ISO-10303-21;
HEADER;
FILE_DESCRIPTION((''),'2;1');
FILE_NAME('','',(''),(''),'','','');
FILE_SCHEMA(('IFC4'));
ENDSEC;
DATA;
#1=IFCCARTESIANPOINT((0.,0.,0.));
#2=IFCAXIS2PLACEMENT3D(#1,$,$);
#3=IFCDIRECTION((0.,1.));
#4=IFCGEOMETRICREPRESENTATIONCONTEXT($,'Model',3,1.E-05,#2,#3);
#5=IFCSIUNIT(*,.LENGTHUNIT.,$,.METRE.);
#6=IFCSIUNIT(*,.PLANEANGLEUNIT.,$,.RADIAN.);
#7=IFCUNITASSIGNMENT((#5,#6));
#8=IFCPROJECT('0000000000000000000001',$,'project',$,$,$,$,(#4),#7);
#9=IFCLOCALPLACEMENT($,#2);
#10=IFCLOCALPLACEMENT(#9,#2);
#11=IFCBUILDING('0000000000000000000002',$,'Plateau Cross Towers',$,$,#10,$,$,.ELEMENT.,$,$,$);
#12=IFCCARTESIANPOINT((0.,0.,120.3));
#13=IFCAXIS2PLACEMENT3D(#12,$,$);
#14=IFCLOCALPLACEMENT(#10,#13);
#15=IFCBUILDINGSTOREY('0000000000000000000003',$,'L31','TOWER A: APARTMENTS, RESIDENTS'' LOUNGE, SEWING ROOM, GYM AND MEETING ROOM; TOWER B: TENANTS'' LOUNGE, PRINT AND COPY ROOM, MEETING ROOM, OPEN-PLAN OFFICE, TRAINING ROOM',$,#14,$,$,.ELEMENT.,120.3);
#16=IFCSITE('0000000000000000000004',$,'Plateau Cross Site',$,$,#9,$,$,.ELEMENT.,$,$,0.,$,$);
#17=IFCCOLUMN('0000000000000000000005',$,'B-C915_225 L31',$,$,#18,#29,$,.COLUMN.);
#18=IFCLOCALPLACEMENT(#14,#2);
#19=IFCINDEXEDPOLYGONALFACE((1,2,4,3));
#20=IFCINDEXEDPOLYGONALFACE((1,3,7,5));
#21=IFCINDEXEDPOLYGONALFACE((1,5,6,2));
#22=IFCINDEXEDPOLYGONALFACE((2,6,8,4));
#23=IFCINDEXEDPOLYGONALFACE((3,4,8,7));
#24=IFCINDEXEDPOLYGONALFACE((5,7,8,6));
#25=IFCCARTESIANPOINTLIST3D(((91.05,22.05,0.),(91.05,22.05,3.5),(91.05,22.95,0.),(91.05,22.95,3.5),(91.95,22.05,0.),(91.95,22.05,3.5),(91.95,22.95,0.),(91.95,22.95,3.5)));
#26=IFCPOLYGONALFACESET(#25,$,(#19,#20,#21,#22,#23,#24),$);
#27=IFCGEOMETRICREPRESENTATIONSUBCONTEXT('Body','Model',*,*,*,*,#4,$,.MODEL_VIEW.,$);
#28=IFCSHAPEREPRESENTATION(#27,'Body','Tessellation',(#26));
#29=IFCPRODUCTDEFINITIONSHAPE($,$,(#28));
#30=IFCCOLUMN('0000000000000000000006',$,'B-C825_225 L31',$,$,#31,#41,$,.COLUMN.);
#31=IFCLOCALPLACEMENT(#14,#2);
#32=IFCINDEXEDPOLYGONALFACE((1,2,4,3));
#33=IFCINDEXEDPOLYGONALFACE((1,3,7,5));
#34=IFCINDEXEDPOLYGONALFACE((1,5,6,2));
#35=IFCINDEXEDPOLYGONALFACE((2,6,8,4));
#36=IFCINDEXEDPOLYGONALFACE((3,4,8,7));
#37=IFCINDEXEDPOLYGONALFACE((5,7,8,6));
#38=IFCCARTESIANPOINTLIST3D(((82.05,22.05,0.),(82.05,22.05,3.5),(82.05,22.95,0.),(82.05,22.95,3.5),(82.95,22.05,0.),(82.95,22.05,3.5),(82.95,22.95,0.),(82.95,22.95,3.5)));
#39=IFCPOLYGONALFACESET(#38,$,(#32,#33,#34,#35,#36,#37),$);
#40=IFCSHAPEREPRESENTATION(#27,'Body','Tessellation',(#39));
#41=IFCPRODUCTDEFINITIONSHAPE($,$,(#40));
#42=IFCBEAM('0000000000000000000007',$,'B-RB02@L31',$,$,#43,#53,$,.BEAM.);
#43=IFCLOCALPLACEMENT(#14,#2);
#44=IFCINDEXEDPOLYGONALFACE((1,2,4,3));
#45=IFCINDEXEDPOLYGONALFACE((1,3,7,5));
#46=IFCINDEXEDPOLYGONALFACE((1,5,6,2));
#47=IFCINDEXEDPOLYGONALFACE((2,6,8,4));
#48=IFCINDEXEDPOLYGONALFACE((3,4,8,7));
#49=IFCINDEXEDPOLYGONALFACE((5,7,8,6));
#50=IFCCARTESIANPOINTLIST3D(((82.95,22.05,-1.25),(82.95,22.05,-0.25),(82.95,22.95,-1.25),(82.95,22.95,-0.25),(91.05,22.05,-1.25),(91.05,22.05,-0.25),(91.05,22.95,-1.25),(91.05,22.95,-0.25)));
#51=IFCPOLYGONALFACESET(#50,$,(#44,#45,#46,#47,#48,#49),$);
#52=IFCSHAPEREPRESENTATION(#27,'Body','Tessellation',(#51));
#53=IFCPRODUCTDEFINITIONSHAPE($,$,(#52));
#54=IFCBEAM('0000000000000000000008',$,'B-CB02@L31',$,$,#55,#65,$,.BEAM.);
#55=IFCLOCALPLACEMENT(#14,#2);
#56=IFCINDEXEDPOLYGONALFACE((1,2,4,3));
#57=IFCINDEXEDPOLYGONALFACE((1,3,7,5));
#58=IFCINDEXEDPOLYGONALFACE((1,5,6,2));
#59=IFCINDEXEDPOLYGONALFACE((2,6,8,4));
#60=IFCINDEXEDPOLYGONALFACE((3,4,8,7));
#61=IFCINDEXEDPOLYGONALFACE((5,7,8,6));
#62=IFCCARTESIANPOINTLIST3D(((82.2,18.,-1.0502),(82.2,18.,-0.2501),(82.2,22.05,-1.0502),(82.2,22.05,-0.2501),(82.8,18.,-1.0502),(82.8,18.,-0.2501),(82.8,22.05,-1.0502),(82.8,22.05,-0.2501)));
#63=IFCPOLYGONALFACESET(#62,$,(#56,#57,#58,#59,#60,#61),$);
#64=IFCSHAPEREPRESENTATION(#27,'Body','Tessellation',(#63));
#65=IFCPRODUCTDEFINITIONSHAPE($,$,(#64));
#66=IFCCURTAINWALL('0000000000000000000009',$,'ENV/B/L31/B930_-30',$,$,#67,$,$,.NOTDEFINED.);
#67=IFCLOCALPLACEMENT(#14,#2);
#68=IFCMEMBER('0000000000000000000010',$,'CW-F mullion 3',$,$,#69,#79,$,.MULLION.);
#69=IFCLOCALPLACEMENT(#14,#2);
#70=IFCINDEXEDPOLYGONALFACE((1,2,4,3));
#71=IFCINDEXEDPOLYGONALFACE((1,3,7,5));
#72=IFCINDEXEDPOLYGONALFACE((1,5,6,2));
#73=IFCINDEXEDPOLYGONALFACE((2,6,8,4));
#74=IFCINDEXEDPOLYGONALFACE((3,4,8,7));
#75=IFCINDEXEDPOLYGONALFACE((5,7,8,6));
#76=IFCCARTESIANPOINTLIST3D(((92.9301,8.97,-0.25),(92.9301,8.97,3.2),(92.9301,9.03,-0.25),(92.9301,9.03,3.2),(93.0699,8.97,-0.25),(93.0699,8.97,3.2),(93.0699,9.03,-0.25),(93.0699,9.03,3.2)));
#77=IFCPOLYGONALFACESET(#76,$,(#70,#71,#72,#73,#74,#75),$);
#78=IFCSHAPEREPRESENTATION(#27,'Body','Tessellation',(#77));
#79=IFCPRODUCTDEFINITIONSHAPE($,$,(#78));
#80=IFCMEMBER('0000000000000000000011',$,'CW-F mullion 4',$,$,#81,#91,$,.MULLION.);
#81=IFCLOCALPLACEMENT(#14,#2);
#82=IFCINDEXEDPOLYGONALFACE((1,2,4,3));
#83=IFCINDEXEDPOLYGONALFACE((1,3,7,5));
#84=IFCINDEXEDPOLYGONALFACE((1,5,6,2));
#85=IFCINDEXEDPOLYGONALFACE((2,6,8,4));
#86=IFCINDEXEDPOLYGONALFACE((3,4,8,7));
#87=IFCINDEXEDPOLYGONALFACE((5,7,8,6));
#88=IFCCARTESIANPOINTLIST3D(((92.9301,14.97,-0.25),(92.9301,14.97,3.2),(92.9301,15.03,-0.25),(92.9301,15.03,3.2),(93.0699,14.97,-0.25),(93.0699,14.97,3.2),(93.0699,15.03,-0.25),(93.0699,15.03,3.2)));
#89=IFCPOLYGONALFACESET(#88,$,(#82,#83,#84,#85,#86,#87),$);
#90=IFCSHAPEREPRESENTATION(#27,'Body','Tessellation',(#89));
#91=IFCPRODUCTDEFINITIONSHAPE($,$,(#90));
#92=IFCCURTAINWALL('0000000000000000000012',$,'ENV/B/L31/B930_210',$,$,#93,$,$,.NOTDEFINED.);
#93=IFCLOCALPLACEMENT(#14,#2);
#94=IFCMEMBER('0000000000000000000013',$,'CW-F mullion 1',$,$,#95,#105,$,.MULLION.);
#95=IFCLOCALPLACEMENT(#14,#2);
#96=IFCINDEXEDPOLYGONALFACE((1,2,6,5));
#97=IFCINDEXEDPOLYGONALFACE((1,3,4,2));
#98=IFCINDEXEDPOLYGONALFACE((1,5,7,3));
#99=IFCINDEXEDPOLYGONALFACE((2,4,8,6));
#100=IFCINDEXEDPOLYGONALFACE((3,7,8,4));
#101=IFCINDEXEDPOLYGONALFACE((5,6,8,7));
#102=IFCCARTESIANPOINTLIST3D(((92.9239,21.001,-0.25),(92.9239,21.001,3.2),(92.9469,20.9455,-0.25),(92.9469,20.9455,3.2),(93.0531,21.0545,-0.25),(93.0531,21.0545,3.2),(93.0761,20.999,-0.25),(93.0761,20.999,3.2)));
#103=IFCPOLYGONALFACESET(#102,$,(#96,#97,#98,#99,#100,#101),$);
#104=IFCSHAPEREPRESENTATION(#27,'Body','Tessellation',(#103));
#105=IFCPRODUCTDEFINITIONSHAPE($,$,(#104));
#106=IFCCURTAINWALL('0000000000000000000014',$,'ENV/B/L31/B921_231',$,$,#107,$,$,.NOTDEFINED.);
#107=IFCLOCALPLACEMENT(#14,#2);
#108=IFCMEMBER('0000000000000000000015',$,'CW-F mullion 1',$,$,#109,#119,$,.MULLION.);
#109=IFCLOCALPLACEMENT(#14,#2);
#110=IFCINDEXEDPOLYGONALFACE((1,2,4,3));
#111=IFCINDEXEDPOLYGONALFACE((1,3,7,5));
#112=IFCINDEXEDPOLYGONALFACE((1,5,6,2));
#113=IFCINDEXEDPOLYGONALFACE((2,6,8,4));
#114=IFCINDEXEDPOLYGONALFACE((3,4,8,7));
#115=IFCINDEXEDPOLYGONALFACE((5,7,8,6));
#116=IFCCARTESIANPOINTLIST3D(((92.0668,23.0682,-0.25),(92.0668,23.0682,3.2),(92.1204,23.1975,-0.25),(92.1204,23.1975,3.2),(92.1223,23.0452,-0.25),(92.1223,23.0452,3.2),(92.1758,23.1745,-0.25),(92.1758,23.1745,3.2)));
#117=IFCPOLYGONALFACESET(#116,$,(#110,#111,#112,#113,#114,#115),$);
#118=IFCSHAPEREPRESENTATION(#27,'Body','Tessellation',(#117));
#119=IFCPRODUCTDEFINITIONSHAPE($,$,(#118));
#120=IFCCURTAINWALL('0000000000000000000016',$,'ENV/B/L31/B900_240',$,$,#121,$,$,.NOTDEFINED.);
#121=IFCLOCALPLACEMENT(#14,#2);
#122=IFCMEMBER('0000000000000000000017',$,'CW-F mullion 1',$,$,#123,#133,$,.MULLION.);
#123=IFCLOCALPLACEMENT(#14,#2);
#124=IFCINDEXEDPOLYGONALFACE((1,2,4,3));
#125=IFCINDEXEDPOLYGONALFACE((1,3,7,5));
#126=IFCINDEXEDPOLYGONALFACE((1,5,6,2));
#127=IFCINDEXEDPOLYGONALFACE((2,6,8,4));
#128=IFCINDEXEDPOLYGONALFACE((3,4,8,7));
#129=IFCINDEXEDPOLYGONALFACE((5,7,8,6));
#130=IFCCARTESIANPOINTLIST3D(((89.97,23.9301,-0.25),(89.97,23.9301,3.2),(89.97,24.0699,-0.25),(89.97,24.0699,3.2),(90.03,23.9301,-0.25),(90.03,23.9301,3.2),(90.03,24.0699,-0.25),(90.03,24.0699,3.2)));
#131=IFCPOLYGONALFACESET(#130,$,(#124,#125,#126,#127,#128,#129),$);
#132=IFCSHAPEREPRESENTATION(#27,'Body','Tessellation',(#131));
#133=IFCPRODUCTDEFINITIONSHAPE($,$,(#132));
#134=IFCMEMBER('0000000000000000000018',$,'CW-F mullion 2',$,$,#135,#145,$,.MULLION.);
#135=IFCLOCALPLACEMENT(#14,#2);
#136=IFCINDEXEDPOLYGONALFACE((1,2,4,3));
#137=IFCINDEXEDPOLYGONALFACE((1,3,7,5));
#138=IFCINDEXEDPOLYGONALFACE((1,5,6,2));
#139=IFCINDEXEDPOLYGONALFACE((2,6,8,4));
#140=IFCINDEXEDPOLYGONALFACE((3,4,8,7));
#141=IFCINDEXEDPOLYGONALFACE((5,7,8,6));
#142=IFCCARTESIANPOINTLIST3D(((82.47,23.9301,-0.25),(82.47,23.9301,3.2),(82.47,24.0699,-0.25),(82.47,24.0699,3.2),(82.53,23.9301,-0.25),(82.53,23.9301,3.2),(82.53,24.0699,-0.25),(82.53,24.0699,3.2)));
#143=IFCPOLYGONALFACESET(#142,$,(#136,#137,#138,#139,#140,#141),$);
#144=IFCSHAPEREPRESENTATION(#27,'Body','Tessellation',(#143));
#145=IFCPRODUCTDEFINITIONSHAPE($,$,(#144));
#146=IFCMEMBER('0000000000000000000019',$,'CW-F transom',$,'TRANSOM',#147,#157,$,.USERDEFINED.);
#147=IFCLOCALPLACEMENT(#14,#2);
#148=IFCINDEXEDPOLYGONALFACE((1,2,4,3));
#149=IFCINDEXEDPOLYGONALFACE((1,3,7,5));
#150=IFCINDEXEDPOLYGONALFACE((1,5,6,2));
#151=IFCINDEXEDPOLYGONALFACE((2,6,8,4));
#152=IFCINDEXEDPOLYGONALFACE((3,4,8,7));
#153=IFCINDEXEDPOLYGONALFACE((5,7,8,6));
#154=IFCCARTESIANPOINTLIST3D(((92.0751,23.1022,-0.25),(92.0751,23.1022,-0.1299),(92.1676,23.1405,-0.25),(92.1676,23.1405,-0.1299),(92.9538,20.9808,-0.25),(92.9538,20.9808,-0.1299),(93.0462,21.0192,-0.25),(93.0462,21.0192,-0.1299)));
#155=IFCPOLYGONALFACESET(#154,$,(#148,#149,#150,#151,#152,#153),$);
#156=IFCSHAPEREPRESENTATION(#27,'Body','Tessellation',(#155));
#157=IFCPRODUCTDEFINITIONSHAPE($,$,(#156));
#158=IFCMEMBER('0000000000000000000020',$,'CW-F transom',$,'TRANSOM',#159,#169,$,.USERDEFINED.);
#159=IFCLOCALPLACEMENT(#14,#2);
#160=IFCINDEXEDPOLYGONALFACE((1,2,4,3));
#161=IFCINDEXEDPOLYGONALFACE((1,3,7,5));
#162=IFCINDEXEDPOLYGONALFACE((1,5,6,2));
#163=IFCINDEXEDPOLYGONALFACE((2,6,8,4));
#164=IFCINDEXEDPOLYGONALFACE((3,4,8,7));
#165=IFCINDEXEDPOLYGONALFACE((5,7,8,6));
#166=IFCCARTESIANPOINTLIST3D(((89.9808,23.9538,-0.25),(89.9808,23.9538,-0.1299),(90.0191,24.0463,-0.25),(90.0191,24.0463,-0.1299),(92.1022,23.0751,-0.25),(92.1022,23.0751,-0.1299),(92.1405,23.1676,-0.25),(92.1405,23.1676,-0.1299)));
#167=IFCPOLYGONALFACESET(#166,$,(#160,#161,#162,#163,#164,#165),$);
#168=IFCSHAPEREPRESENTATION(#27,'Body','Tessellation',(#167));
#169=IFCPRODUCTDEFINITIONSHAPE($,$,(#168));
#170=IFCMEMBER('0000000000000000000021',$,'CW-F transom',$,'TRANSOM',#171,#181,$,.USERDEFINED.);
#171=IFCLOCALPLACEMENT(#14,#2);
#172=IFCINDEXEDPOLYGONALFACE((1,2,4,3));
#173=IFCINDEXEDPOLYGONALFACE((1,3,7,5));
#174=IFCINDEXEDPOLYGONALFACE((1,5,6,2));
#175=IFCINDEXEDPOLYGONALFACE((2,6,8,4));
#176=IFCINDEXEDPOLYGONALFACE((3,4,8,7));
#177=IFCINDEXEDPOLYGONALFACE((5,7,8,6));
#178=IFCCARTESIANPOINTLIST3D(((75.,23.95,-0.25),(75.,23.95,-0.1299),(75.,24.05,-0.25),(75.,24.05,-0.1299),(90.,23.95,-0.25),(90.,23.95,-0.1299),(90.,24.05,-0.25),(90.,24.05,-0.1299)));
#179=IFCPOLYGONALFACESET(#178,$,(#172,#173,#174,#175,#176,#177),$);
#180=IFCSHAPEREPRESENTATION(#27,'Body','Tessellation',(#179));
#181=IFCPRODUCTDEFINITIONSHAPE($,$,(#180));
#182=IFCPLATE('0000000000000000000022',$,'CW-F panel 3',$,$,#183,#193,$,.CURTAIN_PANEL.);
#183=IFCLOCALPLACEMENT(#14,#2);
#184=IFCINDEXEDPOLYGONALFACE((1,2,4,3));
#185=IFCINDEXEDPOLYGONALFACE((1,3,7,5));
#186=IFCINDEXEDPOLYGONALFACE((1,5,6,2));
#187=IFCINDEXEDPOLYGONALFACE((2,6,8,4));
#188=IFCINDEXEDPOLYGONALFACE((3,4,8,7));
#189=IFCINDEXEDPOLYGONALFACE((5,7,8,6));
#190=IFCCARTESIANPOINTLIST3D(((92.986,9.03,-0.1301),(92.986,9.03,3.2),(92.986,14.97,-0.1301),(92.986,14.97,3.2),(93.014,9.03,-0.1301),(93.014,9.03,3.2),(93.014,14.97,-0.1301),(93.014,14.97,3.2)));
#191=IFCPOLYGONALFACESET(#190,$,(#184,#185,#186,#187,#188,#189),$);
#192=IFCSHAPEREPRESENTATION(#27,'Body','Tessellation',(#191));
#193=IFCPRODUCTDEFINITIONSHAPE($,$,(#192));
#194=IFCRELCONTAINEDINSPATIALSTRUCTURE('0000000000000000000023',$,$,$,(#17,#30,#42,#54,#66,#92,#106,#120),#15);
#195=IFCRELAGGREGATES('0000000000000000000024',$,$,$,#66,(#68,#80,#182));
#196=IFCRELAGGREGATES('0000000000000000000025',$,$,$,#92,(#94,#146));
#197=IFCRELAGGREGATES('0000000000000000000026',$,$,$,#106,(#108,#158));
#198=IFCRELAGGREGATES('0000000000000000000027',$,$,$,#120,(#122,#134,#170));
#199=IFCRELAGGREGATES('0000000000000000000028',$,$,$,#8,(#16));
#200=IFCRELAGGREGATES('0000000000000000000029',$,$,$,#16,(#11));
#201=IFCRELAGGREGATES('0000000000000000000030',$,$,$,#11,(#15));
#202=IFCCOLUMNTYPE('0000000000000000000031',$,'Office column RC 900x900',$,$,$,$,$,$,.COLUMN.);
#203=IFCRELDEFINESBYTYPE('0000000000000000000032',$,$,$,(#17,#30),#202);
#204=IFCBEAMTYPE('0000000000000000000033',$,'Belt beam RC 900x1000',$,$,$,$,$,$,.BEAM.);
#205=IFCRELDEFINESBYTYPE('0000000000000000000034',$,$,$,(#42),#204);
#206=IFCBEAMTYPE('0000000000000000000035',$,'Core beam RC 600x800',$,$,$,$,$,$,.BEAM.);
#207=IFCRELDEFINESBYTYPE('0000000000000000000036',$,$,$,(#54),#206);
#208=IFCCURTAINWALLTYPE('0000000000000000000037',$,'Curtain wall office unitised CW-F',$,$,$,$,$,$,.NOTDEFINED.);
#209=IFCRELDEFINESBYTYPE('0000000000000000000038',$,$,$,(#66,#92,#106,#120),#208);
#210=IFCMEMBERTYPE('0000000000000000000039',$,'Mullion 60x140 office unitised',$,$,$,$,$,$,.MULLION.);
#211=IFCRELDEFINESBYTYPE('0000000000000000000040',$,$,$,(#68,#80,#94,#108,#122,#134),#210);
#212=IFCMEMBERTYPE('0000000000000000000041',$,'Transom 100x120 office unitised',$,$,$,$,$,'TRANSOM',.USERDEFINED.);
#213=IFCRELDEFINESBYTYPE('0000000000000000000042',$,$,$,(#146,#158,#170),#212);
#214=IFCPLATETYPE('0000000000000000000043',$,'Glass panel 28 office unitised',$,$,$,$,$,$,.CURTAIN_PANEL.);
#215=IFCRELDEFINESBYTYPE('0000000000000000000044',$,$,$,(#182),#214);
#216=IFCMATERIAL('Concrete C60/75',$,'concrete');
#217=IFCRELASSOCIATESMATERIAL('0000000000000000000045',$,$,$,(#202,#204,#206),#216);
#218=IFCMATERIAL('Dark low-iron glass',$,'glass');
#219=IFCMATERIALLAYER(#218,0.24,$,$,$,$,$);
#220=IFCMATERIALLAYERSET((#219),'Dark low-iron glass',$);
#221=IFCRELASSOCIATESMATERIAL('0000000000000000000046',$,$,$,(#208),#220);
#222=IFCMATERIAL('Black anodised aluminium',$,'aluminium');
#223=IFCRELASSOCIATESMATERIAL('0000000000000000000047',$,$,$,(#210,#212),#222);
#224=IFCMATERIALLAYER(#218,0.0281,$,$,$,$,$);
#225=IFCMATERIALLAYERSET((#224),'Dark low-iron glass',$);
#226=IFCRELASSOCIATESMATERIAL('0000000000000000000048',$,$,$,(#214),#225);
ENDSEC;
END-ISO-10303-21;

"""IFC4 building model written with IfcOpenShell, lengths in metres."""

from ifc_helpers import new_model, si_unit, direction, frame, origin, origin_2d, place, context, subcontext, project, spatial, rectangle, extrude, material, layer, layer_set, material_profile, profile_set, type_object, element, aggregate, save


model = new_model("IFC4")

# Units and contexts
model_context = context("Model", 3, precision=1e-05, world=origin(), true_north=direction((0.0, 1.0)))
body_context = subcontext(model_context, "Body", "Model", "MODEL_VIEW")
ifc_project = project(units=[si_unit("LENGTHUNIT", "METRE"), si_unit("PLANEANGLEUNIT", "RADIAN")], contexts=[model_context])

# Site, building, storey
site_placement = place(None, origin())
site = spatial("IfcSite", under=ifc_project, at=site_placement, Name="Plateau Cross Site", CompositionType="ELEMENT", RefElevation=0.0)
building_placement = place(site_placement, origin())
building = spatial("IfcBuilding", under=site, at=building_placement, Name="Plateau Cross Towers", CompositionType="ELEMENT")
storey_placement = place(building_placement, frame((0.0, 0.0, 120.3)))
storey = spatial("IfcBuildingStorey", under=building, at=storey_placement, Name="L31", Description="TOWER A: APARTMENTS, RESIDENTS' LOUNGE, SEWING ROOM, GYM AND MEETING ROOM; TOWER B: TENANTS' LOUNGE, PRINT AND COPY ROOM, MEETING ROOM, OPEN-PLAN OFFICE, TRAINING ROOM", CompositionType="ELEMENT", Elevation=120.3)

# Columns
ifc_material_1 = material(Name="Concrete C60/75", Category="concrete")
ifc_material_profile_1 = material_profile(ifc_material_1, rectangle(XDim=0.8999, YDim=0.8999, at=origin_2d()), Name="RC 900x900")
ifc_profile_set_1 = profile_set([ifc_material_profile_1], Name="Concrete C60/75")
column_type = type_object("IfcColumnType", Name="Office column RC 900x900", PredefinedType="COLUMN", material=ifc_profile_set_1)
for number, where, z_axis, x_axis, name in (
    (1, (91.5, 22.5, 0.0), (0.0, 0.0, 1.0), (1.0, 0.0, 0.0), "B-C915_225 L31"),
    (2, (82.5, 22.5, 0.0), (0.0, 0.0, 1.0), (1.0, 0.0, 0.0), "B-C825_225 L31"),
):
    element("IfcColumn", number, at=place(storey_placement, frame(where, z_axis=z_axis, x_axis=x_axis)), inside=storey, type_object=column_type, Name=name, PredefinedType="COLUMN", context=body_context, shape_type="SweptSolid", body=[
        extrude(rectangle(XDim=0.8999, YDim=0.8999, at=origin_2d()), origin(), (0.0, 0.0, 1.0), 3.5),
    ])

# Beams
ifc_material_profile_2 = material_profile(ifc_material_1, rectangle(XDim=0.8999, YDim=1.0, at=origin_2d()), Name="RC 900x1000")
ifc_profile_set_2 = profile_set([ifc_material_profile_2], Name="Concrete C60/75")
beam_type_1 = type_object("IfcBeamType", Name="Belt beam RC 900x1000", PredefinedType="BEAM", material=ifc_profile_set_2)
beam_1_placement = place(storey_placement, frame((91.05, 22.5, -0.75), z_axis=(-1.0, 0.0, 0.0), x_axis=(0.0, -1.0, 0.0)))
element("IfcBeam", 3, at=beam_1_placement, inside=storey, type_object=beam_type_1, Name="B-RB02@L31", PredefinedType="BEAM", context=body_context, shape_type="SweptSolid", body=[
    extrude(rectangle(XDim=0.8999, YDim=1.0, at=origin_2d()), origin(), (0.0, 0.0, 1.0), 8.1001),
])
ifc_material_profile_3 = material_profile(ifc_material_1, rectangle(XDim=0.6001, YDim=0.8, at=origin_2d()), Name="RC 600x800")
ifc_profile_set_3 = profile_set([ifc_material_profile_3], Name="Concrete C60/75")
beam_type_2 = type_object("IfcBeamType", Name="Core beam RC 600x800", PredefinedType="BEAM", material=ifc_profile_set_3)
beam_2_placement = place(storey_placement, frame((82.5, 18.0, -0.6501), z_axis=(0.0, 1.0, 0.0), x_axis=(-1.0, 0.0, 0.0)))
element("IfcBeam", 4, at=beam_2_placement, inside=storey, type_object=beam_type_2, Name="B-CB02@L31", PredefinedType="BEAM", context=body_context, shape_type="SweptSolid", body=[
    extrude(rectangle(XDim=0.6001, YDim=0.8, at=origin_2d()), origin(), (0.0, 0.0, 1.0), 4.05),
])

# Curtain wall, members
ifc_material_2 = material(Name="Dark low-iron glass", Category="glass")
ifc_layer_1 = layer(ifc_material_2, 0.24)
ifc_layer_set_1 = layer_set([ifc_layer_1], Name="Dark low-iron glass")
curtain_wall_type = type_object("IfcCurtainWallType", Name="Curtain wall office unitised CW-F", PredefinedType="NOTDEFINED", material=ifc_layer_set_1)
curtain_wall_1_placement = place(storey_placement, origin())
curtain_wall_1 = element("IfcCurtainWall", 5, at=curtain_wall_1_placement, inside=storey, type_object=curtain_wall_type, Name="ENV/B/L31/B930_-30", PredefinedType="NOTDEFINED")
ifc_material_3 = material(Name="Black anodised aluminium", Category="aluminium")
ifc_material_profile_4 = material_profile(ifc_material_3, rectangle(XDim=0.0601, YDim=0.1399, at=origin_2d()), Name="MULLION 60x140")
ifc_profile_set_4 = profile_set([ifc_material_profile_4], Name="Black anodised aluminium")
member_type_1 = type_object("IfcMemberType", Name="Mullion 60x140 office unitised", PredefinedType="MULLION", material=ifc_profile_set_4)
member_1_placement = place(storey_placement, frame((93.0, 9.0, -0.25), z_axis=(0.0, 0.0, 1.0), x_axis=(0.0, 1.0, 0.0)))
member_1 = element("IfcMember", 6, at=member_1_placement, type_object=member_type_1, Name="CW-F mullion 3", PredefinedType="MULLION", context=body_context, shape_type="SweptSolid", body=[
    extrude(rectangle(XDim=0.0601, YDim=0.1399, at=origin_2d()), origin(), (0.0, 0.0, 1.0), 3.45),
])
member_2_placement = place(storey_placement, frame((93.0, 15.0, -0.25), z_axis=(0.0, 0.0, 1.0), x_axis=(0.0, 1.0, 0.0)))
member_2 = element("IfcMember", 7, at=member_2_placement, type_object=member_type_1, Name="CW-F mullion 4", PredefinedType="MULLION", context=body_context, shape_type="SweptSolid", body=[
    extrude(rectangle(XDim=0.0601, YDim=0.1399, at=origin_2d()), origin(), (0.0, 0.0, 1.0), 3.45),
])

# Curtain walls, members
curtain_wall_2_placement = place(storey_placement, origin())
curtain_wall_2 = element("IfcCurtainWall", 8, at=curtain_wall_2_placement, inside=storey, type_object=curtain_wall_type, Name="ENV/B/L31/B930_210", PredefinedType="NOTDEFINED")
member_3_placement = place(storey_placement, frame((93.0, 21.0, -0.25), z_axis=(0.0, 0.0, 1.0), x_axis=(-0.382684, 0.923879, 0.0)))
member_3 = element("IfcMember", 9, at=member_3_placement, type_object=member_type_1, Name="CW-F mullion 1", PredefinedType="MULLION", context=body_context, shape_type="SweptSolid", body=[
    extrude(rectangle(XDim=0.0601, YDim=0.1399, at=origin_2d()), origin(), (0.0, 0.0, 1.0), 3.45),
])
curtain_wall_3_placement = place(storey_placement, origin())
curtain_wall_3 = element("IfcCurtainWall", 10, at=curtain_wall_3_placement, inside=storey, type_object=curtain_wall_type, Name="ENV/B/L31/B921_231", PredefinedType="NOTDEFINED")
member_4_placement = place(storey_placement, frame((92.1213, 23.1213, -0.25), z_axis=(0.0, 0.0, 1.0), x_axis=(-0.923879, 0.382684, 0.0)))
member_4 = element("IfcMember", 11, at=member_4_placement, type_object=member_type_1, Name="CW-F mullion 1", PredefinedType="MULLION", context=body_context, shape_type="SweptSolid", body=[
    extrude(rectangle(XDim=0.0601, YDim=0.1399, at=origin_2d()), origin(), (0.0, 0.0, 1.0), 3.45),
])

# Curtain wall, members
curtain_wall_4_placement = place(storey_placement, origin())
curtain_wall_4 = element("IfcCurtainWall", 12, at=curtain_wall_4_placement, inside=storey, type_object=curtain_wall_type, Name="ENV/B/L31/B900_240", PredefinedType="NOTDEFINED")
member_5_placement = place(storey_placement, frame((90.0, 24.0, -0.25), z_axis=(0.0, 0.0, 1.0), x_axis=(-1.0, 0.0, 0.0)))
member_5 = element("IfcMember", 13, at=member_5_placement, type_object=member_type_1, Name="CW-F mullion 1", PredefinedType="MULLION", context=body_context, shape_type="SweptSolid", body=[
    extrude(rectangle(XDim=0.0601, YDim=0.1399, at=origin_2d()), origin(), (0.0, 0.0, 1.0), 3.45),
])
member_6_placement = place(storey_placement, frame((82.5, 24.0, -0.25), z_axis=(0.0, 0.0, 1.0), x_axis=(-1.0, 0.0, 0.0)))
member_6 = element("IfcMember", 14, at=member_6_placement, type_object=member_type_1, Name="CW-F mullion 2", PredefinedType="MULLION", context=body_context, shape_type="SweptSolid", body=[
    extrude(rectangle(XDim=0.0601, YDim=0.1399, at=origin_2d()), origin(), (0.0, 0.0, 1.0), 3.45),
])

# Members
ifc_material_profile_5 = material_profile(ifc_material_3, rectangle(XDim=0.1001, YDim=0.1201, at=origin_2d()), Name="TRANSOM 100x120")
ifc_profile_set_5 = profile_set([ifc_material_profile_5], Name="Black anodised aluminium")
member_type_2 = type_object("IfcMemberType", Name="Transom 100x120 office unitised", ElementType="TRANSOM", PredefinedType="USERDEFINED", material=ifc_profile_set_5)
member_7_placement = place(storey_placement, frame((93.0, 21.0, -0.1899), z_axis=(-0.382674, 0.923883, 0.0), x_axis=(-0.923883, -0.382674, 0.0)))
member_7 = element("IfcMember", 15, at=member_7_placement, type_object=member_type_2, Name="CW-F transom", ObjectType="TRANSOM", PredefinedType="USERDEFINED", context=body_context, shape_type="SweptSolid", body=[
    extrude(rectangle(XDim=0.1001, YDim=0.1201, at=origin_2d()), origin(), (0.0, 0.0, 1.0), 2.2961),
])
member_8_placement = place(storey_placement, frame((92.1213, 23.1213, -0.1899), z_axis=(-0.923883, 0.382674, 0.0), x_axis=(-0.382674, -0.923883, 0.0)))
member_8 = element("IfcMember", 16, at=member_8_placement, type_object=member_type_2, Name="CW-F transom", ObjectType="TRANSOM", PredefinedType="USERDEFINED", context=body_context, shape_type="SweptSolid", body=[
    extrude(rectangle(XDim=0.1001, YDim=0.1201, at=origin_2d()), origin(), (0.0, 0.0, 1.0), 2.2961),
])
member_9_placement = place(storey_placement, frame((90.0, 24.0, -0.1899), z_axis=(-1.0, 0.0, 0.0), x_axis=(0.0, -1.0, 0.0)))
member_9 = element("IfcMember", 17, at=member_9_placement, type_object=member_type_2, Name="CW-F transom", ObjectType="TRANSOM", PredefinedType="USERDEFINED", context=body_context, shape_type="SweptSolid", body=[
    extrude(rectangle(XDim=0.1001, YDim=0.1201, at=origin_2d()), origin(), (0.0, 0.0, 1.0), 15.0),
])

# Plate
ifc_layer_2 = layer(ifc_material_2, 0.0281)
ifc_layer_set_2 = layer_set([ifc_layer_2], Name="Dark low-iron glass")
plate_type = type_object("IfcPlateType", Name="Glass panel 28 office unitised", PredefinedType="CURTAIN_PANEL", material=ifc_layer_set_2)
plate_1_placement = place(storey_placement, frame((93.0, 12.0, -0.1301), z_axis=(0.0, 0.0, 1.0), x_axis=(0.0, 1.0, 0.0)))
plate_1 = element("IfcPlate", 18, at=plate_1_placement, type_object=plate_type, Name="CW-F panel 3", PredefinedType="CURTAIN_PANEL", context=body_context, shape_type="SweptSolid", body=[
    extrude(rectangle(XDim=5.9399, YDim=0.0281, at=origin_2d()), origin(), (0.0, 0.0, 1.0), 3.3301),
])
aggregate(curtain_wall_1, [member_1, member_2, plate_1])
aggregate(curtain_wall_2, [member_3, member_7])
aggregate(curtain_wall_3, [member_4, member_8])
aggregate(curtain_wall_4, [member_5, member_6, member_9])

save(model, "model.ifc")
